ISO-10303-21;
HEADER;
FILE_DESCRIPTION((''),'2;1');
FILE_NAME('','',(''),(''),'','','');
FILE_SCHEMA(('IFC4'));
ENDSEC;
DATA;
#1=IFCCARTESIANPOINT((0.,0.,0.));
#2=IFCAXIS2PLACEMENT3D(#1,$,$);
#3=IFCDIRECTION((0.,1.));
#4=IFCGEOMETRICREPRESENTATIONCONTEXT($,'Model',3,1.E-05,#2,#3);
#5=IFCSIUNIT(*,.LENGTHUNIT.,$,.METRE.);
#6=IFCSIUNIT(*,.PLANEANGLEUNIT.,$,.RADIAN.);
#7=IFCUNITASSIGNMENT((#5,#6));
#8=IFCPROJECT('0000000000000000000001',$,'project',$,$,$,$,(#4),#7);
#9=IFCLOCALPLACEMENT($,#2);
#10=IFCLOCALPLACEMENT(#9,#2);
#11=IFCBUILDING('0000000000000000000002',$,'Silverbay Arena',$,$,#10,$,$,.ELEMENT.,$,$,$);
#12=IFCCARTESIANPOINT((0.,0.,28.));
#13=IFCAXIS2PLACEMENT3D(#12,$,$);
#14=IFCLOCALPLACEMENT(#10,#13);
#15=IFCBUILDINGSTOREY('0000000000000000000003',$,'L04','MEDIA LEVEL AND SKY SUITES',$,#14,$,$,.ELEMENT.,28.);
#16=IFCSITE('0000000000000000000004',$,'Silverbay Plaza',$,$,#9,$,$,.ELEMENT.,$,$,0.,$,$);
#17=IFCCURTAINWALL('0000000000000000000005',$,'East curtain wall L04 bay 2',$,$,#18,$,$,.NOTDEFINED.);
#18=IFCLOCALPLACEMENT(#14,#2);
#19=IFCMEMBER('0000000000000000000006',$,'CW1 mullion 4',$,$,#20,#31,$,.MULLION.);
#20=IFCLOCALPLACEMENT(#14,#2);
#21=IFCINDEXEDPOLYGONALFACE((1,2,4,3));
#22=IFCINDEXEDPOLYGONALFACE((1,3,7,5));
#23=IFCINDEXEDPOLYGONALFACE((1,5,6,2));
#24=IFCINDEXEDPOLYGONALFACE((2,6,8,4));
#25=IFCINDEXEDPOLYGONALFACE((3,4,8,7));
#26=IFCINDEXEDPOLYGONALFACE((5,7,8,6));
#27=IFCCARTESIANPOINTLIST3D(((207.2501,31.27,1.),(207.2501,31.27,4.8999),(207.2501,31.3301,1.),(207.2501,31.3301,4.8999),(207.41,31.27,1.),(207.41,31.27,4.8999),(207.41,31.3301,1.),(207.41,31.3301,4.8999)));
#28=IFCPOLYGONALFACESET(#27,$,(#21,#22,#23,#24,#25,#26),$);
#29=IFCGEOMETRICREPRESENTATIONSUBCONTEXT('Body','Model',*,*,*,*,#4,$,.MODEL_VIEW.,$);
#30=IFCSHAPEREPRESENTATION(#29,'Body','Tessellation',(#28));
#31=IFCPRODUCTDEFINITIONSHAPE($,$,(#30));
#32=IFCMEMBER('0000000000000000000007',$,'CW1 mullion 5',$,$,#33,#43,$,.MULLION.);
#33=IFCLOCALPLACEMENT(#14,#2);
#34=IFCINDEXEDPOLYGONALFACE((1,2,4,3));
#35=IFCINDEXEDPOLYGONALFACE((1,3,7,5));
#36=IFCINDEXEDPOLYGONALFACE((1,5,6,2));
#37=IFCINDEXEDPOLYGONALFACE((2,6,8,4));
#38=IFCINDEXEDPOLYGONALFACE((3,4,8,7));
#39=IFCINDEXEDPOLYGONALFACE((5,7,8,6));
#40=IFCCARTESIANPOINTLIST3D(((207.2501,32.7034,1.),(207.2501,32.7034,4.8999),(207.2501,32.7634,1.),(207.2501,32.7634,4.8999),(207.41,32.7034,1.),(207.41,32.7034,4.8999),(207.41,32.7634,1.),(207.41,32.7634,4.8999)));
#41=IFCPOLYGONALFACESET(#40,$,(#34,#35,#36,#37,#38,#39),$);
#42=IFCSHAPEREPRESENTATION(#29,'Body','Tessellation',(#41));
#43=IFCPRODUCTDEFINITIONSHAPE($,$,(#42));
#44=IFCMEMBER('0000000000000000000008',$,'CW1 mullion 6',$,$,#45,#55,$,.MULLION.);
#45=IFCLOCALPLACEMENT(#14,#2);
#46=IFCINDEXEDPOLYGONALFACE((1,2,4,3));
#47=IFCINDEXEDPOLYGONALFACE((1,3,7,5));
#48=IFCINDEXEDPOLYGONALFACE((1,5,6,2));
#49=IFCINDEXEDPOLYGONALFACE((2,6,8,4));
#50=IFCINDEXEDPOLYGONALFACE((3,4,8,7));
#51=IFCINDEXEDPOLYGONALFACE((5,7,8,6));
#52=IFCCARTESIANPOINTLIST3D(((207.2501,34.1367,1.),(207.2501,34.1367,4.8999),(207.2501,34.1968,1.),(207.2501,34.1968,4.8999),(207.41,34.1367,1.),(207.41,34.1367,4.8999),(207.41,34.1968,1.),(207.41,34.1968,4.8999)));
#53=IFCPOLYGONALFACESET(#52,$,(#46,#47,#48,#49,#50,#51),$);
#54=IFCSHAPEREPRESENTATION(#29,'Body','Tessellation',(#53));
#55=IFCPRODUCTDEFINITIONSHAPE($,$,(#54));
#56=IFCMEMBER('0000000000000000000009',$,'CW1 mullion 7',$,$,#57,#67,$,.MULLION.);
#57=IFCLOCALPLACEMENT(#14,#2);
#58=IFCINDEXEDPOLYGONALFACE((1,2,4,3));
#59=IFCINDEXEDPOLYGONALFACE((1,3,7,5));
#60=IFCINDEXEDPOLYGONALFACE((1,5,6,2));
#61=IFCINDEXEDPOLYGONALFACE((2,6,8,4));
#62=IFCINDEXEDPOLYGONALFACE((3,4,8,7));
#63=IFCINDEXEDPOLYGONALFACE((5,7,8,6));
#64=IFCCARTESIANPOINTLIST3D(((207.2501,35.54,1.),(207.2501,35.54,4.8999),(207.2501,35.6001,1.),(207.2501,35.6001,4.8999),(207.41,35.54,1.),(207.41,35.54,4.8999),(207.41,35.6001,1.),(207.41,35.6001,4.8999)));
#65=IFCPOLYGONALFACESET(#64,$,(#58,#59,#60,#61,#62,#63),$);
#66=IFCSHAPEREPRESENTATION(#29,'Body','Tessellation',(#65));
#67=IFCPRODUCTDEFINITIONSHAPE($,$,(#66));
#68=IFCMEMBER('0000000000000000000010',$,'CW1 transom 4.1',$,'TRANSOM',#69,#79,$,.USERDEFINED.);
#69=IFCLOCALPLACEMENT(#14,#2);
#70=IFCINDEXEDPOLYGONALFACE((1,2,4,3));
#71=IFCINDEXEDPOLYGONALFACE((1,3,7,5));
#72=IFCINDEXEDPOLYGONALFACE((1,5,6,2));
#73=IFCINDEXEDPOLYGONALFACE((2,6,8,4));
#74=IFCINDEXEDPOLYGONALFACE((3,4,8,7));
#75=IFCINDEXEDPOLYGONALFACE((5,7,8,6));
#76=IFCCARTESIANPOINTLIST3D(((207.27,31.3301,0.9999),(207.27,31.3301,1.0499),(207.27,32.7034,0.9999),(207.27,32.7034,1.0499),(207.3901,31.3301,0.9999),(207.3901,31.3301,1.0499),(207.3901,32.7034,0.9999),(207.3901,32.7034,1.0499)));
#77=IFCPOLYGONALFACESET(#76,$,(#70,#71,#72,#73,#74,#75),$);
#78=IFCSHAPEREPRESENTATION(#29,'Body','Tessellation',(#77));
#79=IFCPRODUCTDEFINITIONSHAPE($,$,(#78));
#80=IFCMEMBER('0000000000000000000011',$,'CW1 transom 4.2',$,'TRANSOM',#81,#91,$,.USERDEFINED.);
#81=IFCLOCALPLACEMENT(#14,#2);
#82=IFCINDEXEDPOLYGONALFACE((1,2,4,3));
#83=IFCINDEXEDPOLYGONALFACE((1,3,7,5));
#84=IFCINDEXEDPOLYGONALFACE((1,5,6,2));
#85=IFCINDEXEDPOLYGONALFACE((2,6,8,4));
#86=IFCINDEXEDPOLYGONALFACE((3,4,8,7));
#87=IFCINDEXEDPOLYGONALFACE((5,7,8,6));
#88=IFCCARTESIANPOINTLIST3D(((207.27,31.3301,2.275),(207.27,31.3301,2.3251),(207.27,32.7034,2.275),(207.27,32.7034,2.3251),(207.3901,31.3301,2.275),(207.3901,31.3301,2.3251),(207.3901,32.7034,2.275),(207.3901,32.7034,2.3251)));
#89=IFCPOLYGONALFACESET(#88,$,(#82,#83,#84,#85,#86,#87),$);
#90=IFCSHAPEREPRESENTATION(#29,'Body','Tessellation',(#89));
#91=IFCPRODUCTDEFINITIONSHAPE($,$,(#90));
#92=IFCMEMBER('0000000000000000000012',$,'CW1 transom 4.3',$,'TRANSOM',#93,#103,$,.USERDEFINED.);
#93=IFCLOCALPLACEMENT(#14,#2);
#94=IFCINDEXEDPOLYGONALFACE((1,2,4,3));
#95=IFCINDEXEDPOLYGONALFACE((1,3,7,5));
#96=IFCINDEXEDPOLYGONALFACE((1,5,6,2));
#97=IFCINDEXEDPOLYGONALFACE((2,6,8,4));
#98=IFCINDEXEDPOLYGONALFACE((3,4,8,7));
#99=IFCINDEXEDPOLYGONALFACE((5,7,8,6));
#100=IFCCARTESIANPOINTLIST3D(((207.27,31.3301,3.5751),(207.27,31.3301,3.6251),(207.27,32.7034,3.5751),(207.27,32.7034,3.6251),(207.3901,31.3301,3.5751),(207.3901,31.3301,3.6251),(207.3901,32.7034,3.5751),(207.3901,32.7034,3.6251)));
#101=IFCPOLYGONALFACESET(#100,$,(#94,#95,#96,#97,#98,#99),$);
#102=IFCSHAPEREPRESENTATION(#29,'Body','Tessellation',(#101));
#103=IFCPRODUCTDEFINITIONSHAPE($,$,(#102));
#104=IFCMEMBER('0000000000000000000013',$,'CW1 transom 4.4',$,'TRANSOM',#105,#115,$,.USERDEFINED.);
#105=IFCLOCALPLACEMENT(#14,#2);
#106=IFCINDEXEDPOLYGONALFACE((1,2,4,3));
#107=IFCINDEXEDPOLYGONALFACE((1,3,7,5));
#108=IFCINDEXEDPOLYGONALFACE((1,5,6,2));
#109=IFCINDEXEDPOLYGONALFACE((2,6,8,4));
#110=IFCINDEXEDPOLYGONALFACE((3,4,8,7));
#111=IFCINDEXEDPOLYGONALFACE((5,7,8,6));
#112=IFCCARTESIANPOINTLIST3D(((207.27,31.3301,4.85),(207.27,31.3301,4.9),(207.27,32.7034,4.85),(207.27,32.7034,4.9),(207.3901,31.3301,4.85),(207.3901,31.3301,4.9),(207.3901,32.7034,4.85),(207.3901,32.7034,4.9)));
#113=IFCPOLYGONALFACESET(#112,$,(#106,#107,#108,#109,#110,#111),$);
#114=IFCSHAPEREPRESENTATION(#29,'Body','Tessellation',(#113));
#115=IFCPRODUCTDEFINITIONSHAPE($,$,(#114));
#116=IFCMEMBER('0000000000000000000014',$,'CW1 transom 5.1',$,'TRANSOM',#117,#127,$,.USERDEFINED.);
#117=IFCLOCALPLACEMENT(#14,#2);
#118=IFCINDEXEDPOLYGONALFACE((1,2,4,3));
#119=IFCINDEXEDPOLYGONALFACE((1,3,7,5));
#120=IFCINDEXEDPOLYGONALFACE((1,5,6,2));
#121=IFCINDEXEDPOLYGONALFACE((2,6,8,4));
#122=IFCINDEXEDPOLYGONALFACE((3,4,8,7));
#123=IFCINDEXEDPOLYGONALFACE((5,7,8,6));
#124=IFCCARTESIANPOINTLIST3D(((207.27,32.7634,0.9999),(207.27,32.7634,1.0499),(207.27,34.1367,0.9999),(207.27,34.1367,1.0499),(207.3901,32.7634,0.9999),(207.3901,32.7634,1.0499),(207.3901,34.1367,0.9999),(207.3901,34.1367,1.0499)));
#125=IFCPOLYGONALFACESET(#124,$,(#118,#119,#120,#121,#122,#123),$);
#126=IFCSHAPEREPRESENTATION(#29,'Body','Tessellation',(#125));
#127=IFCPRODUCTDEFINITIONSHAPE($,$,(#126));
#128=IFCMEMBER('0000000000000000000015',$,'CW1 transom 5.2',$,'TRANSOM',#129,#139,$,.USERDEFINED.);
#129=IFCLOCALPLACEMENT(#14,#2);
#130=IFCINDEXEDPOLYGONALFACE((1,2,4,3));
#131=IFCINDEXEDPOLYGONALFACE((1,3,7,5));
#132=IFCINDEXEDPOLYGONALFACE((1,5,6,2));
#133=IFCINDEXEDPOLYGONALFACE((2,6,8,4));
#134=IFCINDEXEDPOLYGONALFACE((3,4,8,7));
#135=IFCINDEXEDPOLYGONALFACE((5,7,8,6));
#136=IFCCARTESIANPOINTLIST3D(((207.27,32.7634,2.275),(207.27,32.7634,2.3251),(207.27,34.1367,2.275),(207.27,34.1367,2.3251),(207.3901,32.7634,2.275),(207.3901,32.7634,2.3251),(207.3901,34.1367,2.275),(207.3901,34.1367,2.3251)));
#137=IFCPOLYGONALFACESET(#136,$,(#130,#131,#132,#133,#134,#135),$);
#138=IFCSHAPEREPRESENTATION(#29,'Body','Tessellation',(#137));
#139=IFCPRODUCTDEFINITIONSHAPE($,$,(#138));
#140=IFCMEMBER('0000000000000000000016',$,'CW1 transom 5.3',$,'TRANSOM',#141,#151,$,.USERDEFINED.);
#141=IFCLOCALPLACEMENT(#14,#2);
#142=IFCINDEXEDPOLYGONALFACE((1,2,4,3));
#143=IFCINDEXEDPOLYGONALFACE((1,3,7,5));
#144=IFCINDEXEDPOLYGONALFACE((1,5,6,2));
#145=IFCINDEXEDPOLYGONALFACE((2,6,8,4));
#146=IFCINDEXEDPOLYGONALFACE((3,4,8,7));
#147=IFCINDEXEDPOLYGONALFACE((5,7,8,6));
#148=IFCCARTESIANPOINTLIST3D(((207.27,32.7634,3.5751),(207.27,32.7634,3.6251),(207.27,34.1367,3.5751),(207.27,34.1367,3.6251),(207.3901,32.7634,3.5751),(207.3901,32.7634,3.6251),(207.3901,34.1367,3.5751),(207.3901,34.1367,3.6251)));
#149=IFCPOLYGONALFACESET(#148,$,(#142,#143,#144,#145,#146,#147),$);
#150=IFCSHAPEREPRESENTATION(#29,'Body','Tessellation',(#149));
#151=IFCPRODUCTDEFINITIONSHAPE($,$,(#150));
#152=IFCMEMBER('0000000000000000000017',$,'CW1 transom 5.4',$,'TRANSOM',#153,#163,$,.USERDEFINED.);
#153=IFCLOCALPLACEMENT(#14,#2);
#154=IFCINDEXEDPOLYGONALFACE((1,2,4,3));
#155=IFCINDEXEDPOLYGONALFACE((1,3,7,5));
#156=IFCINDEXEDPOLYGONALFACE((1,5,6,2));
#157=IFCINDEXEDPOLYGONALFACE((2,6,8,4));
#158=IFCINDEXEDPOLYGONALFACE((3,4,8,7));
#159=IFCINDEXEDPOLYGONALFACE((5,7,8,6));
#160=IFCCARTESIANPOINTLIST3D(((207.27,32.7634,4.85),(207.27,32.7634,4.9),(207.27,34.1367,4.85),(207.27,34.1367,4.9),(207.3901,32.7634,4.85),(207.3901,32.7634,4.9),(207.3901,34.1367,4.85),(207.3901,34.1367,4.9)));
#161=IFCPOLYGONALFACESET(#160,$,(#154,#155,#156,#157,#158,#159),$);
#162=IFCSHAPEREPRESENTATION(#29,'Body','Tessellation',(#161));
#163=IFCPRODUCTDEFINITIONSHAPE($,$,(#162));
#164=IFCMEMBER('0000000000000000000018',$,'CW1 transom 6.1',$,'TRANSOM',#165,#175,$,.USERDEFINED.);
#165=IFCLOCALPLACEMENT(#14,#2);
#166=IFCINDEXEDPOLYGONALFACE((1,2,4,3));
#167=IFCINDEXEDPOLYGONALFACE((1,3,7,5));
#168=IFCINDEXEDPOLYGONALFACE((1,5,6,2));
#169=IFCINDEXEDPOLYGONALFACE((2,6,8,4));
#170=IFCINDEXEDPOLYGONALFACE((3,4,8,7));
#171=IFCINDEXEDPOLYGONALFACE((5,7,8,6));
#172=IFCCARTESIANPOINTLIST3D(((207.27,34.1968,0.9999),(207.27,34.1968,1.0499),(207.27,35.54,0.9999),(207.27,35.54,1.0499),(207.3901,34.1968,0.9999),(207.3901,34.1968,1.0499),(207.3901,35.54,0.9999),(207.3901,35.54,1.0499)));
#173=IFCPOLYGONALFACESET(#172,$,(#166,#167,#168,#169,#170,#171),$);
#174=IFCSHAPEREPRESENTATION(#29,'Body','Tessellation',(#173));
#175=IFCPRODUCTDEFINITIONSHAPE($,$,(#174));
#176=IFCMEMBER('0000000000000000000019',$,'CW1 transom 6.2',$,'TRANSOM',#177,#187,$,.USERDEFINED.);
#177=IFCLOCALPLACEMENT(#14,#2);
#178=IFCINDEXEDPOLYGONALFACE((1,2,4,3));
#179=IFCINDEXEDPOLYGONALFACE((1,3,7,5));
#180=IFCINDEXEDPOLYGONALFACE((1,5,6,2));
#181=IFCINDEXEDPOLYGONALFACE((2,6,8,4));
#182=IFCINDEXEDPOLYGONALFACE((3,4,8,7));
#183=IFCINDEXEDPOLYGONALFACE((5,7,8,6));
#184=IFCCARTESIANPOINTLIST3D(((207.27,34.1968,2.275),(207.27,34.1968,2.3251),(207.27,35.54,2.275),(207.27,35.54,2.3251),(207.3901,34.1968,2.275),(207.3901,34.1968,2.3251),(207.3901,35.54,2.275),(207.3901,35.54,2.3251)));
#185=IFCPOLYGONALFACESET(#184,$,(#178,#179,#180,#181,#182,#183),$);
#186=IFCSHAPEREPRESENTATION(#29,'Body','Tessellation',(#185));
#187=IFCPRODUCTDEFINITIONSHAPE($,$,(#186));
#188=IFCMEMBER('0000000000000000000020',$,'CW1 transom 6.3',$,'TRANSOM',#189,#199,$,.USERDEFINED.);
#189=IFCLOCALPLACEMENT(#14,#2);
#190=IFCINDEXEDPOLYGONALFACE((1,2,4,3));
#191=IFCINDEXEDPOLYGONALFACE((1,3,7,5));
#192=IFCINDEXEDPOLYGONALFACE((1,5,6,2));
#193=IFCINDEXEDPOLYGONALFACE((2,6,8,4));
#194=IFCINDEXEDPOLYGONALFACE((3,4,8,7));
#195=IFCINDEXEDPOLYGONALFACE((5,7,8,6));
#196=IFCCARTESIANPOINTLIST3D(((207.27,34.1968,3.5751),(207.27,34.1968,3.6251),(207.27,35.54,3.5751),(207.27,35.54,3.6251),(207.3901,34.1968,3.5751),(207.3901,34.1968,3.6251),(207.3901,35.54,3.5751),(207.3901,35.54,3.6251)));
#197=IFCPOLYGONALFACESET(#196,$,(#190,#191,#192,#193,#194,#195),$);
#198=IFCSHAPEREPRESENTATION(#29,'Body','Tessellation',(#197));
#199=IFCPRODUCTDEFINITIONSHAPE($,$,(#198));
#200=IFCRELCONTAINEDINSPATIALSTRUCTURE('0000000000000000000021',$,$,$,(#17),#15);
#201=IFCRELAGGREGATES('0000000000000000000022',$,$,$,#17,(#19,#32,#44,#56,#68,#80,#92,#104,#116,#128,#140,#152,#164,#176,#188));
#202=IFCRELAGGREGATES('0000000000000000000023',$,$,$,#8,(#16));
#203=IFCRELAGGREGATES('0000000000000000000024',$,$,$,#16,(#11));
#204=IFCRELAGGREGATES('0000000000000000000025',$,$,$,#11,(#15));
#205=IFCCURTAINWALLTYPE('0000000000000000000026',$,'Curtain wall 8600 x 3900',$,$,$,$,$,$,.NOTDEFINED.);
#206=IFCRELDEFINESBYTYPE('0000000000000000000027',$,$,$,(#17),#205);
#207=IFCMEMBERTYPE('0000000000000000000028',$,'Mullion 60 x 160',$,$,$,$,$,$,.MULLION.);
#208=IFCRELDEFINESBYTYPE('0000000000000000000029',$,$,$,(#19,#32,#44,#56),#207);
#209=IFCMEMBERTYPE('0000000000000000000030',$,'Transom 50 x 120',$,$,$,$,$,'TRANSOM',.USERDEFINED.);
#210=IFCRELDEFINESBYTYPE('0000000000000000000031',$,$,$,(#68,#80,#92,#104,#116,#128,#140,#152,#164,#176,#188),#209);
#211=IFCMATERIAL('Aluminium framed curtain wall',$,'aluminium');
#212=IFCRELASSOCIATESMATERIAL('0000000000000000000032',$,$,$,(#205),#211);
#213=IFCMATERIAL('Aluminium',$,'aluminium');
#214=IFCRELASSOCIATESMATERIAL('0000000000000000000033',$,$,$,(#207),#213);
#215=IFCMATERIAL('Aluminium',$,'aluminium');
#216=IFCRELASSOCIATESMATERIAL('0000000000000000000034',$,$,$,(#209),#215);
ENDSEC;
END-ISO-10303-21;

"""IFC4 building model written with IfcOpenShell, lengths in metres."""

from ifc_helpers import new_model, si_unit, direction, frame, origin, origin_2d, place, context, subcontext, project, spatial, rectangle, extrude, material, material_profile, profile_set, type_object, element, aggregate, save


model = new_model("IFC4")

# Units and contexts
model_context = context("Model", 3, precision=1e-05, world=origin(), true_north=direction((0.0, 1.0)))
body_context = subcontext(model_context, "Body", "Model", "MODEL_VIEW")
ifc_project = project(units=[si_unit("LENGTHUNIT", "METRE"), si_unit("PLANEANGLEUNIT", "RADIAN")], contexts=[model_context])

# Site, building, storey
site_placement = place(None, origin())
site = spatial("IfcSite", under=ifc_project, at=site_placement, Name="Silverbay Plaza", CompositionType="ELEMENT", RefElevation=0.0)
building_placement = place(site_placement, origin())
building = spatial("IfcBuilding", under=site, at=building_placement, Name="Silverbay Arena", CompositionType="ELEMENT")
storey_placement = place(building_placement, frame((0.0, 0.0, 28.0)))
storey = spatial("IfcBuildingStorey", under=building, at=storey_placement, Name="L04", Description="MEDIA LEVEL AND SKY SUITES", CompositionType="ELEMENT", Elevation=28.0)

# Curtain wall, members
ifc_material_1 = material(Name="Aluminium framed curtain wall", Category="aluminium")
curtain_wall_type = type_object("IfcCurtainWallType", Name="Curtain wall 8600 x 3900", PredefinedType="NOTDEFINED", material=ifc_material_1)
curtain_wall_placement = place(storey_placement, origin())
curtain_wall = element("IfcCurtainWall", 1, at=curtain_wall_placement, inside=storey, type_object=curtain_wall_type, Name="East curtain wall L04 bay 2", PredefinedType="NOTDEFINED")
ifc_material_2 = material(Name="Aluminium", Category="aluminium")
ifc_material_profile_1 = material_profile(ifc_material_2, rectangle(XDim=0.1599, YDim=0.0601, at=origin_2d()), Name="Mullion 60 x 160")
ifc_profile_set_1 = profile_set([ifc_material_profile_1], Name="Aluminium")
member_type_1 = type_object("IfcMemberType", Name="Mullion 60 x 160", PredefinedType="MULLION", material=ifc_profile_set_1)
member_1_placement = place(storey_placement, frame((207.3301, 31.3, 1.0), z_axis=(0.0, 0.0, 1.0), x_axis=(-1.0, 0.0, 0.0)))
member_1 = element("IfcMember", 2, at=member_1_placement, type_object=member_type_1, Name="CW1 mullion 4", PredefinedType="MULLION", context=body_context, shape_type="SweptSolid", body=[
    extrude(rectangle(XDim=0.1599, YDim=0.0601, at=origin_2d()), origin(), (0.0, 0.0, 1.0), 3.8999),
])
member_2_placement = place(storey_placement, frame((207.3301, 32.7334, 1.0), z_axis=(0.0, 0.0, 1.0), x_axis=(-1.0, 0.0, 0.0)))
member_2 = element("IfcMember", 3, at=member_2_placement, type_object=member_type_1, Name="CW1 mullion 5", PredefinedType="MULLION", context=body_context, shape_type="SweptSolid", body=[
    extrude(rectangle(XDim=0.1599, YDim=0.0601, at=origin_2d()), origin(), (0.0, 0.0, 1.0), 3.8999),
])
member_3_placement = place(storey_placement, frame((207.3301, 34.1667, 1.0), z_axis=(0.0, 0.0, 1.0), x_axis=(-1.0, 0.0, 0.0)))
member_3 = element("IfcMember", 4, at=member_3_placement, type_object=member_type_1, Name="CW1 mullion 6", PredefinedType="MULLION", context=body_context, shape_type="SweptSolid", body=[
    extrude(rectangle(XDim=0.1599, YDim=0.0601, at=origin_2d()), origin(), (0.0, 0.0, 1.0), 3.8999),
])
member_4_placement = place(storey_placement, frame((207.3301, 35.5701, 1.0), z_axis=(0.0, 0.0, 1.0), x_axis=(-1.0, 0.0, 0.0)))
member_4 = element("IfcMember", 5, at=member_4_placement, type_object=member_type_1, Name="CW1 mullion 7", PredefinedType="MULLION", context=body_context, shape_type="SweptSolid", body=[
    extrude(rectangle(XDim=0.1599, YDim=0.0601, at=origin_2d()), origin(), (0.0, 0.0, 1.0), 3.8999),
])
ifc_material_3 = material(Name="Aluminium", Category="aluminium")
ifc_material_profile_2 = material_profile(ifc_material_3, rectangle(XDim=0.1201, YDim=0.05, at=origin_2d()), Name="Transom 50 x 120")
ifc_profile_set_2 = profile_set([ifc_material_profile_2], Name="Aluminium")
member_type_2 = type_object("IfcMemberType", Name="Transom 50 x 120", ElementType="TRANSOM", PredefinedType="USERDEFINED", material=ifc_profile_set_2)
member_5_placement = place(storey_placement, frame((207.3301, 31.3301, 1.0249), z_axis=(0.0, 1.0, 0.0), x_axis=(-1.0, 0.0, 0.0)))
member_5 = element("IfcMember", 6, at=member_5_placement, type_object=member_type_2, Name="CW1 transom 4.1", ObjectType="TRANSOM", PredefinedType="USERDEFINED", context=body_context, shape_type="SweptSolid", body=[
    extrude(rectangle(XDim=0.1201, YDim=0.05, at=origin_2d()), origin(), (0.0, 0.0, 1.0), 1.3733),
])
member_6_placement = place(storey_placement, frame((207.3301, 31.3301, 2.3), z_axis=(0.0, 1.0, 0.0), x_axis=(-1.0, 0.0, 0.0)))
member_6 = element("IfcMember", 7, at=member_6_placement, type_object=member_type_2, Name="CW1 transom 4.2", ObjectType="TRANSOM", PredefinedType="USERDEFINED", context=body_context, shape_type="SweptSolid", body=[
    extrude(rectangle(XDim=0.1201, YDim=0.05, at=origin_2d()), origin(), (0.0, 0.0, 1.0), 1.3733),
])
member_7_placement = place(storey_placement, frame((207.3301, 31.3301, 3.6001), z_axis=(0.0, 1.0, 0.0), x_axis=(-1.0, 0.0, 0.0)))
member_7 = element("IfcMember", 8, at=member_7_placement, type_object=member_type_2, Name="CW1 transom 4.3", ObjectType="TRANSOM", PredefinedType="USERDEFINED", context=body_context, shape_type="SweptSolid", body=[
    extrude(rectangle(XDim=0.1201, YDim=0.05, at=origin_2d()), origin(), (0.0, 0.0, 1.0), 1.3733),
])
member_8_placement = place(storey_placement, frame((207.3301, 31.3301, 4.875), z_axis=(0.0, 1.0, 0.0), x_axis=(-1.0, 0.0, 0.0)))
member_8 = element("IfcMember", 9, at=member_8_placement, type_object=member_type_2, Name="CW1 transom 4.4", ObjectType="TRANSOM", PredefinedType="USERDEFINED", context=body_context, shape_type="SweptSolid", body=[
    extrude(rectangle(XDim=0.1201, YDim=0.05, at=origin_2d()), origin(), (0.0, 0.0, 1.0), 1.3733),
])
member_9_placement = place(storey_placement, frame((207.3301, 32.7634, 1.0249), z_axis=(0.0, 1.0, 0.0), x_axis=(-1.0, 0.0, 0.0)))
member_9 = element("IfcMember", 10, at=member_9_placement, type_object=member_type_2, Name="CW1 transom 5.1", ObjectType="TRANSOM", PredefinedType="USERDEFINED", context=body_context, shape_type="SweptSolid", body=[
    extrude(rectangle(XDim=0.1201, YDim=0.05, at=origin_2d()), origin(), (0.0, 0.0, 1.0), 1.3733),
])
member_10_placement = place(storey_placement, frame((207.3301, 32.7634, 2.3), z_axis=(0.0, 1.0, 0.0), x_axis=(-1.0, 0.0, 0.0)))
member_10 = element("IfcMember", 11, at=member_10_placement, type_object=member_type_2, Name="CW1 transom 5.2", ObjectType="TRANSOM", PredefinedType="USERDEFINED", context=body_context, shape_type="SweptSolid", body=[
    extrude(rectangle(XDim=0.1201, YDim=0.05, at=origin_2d()), origin(), (0.0, 0.0, 1.0), 1.3733),
])
member_11_placement = place(storey_placement, frame((207.3301, 32.7634, 3.6001), z_axis=(0.0, 1.0, 0.0), x_axis=(-1.0, 0.0, 0.0)))
member_11 = element("IfcMember", 12, at=member_11_placement, type_object=member_type_2, Name="CW1 transom 5.3", ObjectType="TRANSOM", PredefinedType="USERDEFINED", context=body_context, shape_type="SweptSolid", body=[
    extrude(rectangle(XDim=0.1201, YDim=0.05, at=origin_2d()), origin(), (0.0, 0.0, 1.0), 1.3733),
])
member_12_placement = place(storey_placement, frame((207.3301, 32.7634, 4.875), z_axis=(0.0, 1.0, 0.0), x_axis=(-1.0, 0.0, 0.0)))
member_12 = element("IfcMember", 13, at=member_12_placement, type_object=member_type_2, Name="CW1 transom 5.4", ObjectType="TRANSOM", PredefinedType="USERDEFINED", context=body_context, shape_type="SweptSolid", body=[
    extrude(rectangle(XDim=0.1201, YDim=0.05, at=origin_2d()), origin(), (0.0, 0.0, 1.0), 1.3733),
])
member_13_placement = place(storey_placement, frame((207.3301, 34.1968, 1.0249), z_axis=(0.0, 1.0, 0.0), x_axis=(-1.0, 0.0, 0.0)))
member_13 = element("IfcMember", 14, at=member_13_placement, type_object=member_type_2, Name="CW1 transom 6.1", ObjectType="TRANSOM", PredefinedType="USERDEFINED", context=body_context, shape_type="SweptSolid", body=[
    extrude(rectangle(XDim=0.1201, YDim=0.05, at=origin_2d()), origin(), (0.0, 0.0, 1.0), 1.3433),
])
member_14_placement = place(storey_placement, frame((207.3301, 34.1968, 2.3), z_axis=(0.0, 1.0, 0.0), x_axis=(-1.0, 0.0, 0.0)))
member_14 = element("IfcMember", 15, at=member_14_placement, type_object=member_type_2, Name="CW1 transom 6.2", ObjectType="TRANSOM", PredefinedType="USERDEFINED", context=body_context, shape_type="SweptSolid", body=[
    extrude(rectangle(XDim=0.1201, YDim=0.05, at=origin_2d()), origin(), (0.0, 0.0, 1.0), 1.3433),
])
member_15_placement = place(storey_placement, frame((207.3301, 34.1968, 3.6001), z_axis=(0.0, 1.0, 0.0), x_axis=(-1.0, 0.0, 0.0)))
member_15 = element("IfcMember", 16, at=member_15_placement, type_object=member_type_2, Name="CW1 transom 6.3", ObjectType="TRANSOM", PredefinedType="USERDEFINED", context=body_context, shape_type="SweptSolid", body=[
    extrude(rectangle(XDim=0.1201, YDim=0.05, at=origin_2d()), origin(), (0.0, 0.0, 1.0), 1.3433),
])
aggregate(curtain_wall, [member_1, member_2, member_3, member_4, member_5, member_6, member_7, member_8, member_9, member_10, member_11, member_12, member_13, member_14, member_15])

save(model, "model.ifc")
